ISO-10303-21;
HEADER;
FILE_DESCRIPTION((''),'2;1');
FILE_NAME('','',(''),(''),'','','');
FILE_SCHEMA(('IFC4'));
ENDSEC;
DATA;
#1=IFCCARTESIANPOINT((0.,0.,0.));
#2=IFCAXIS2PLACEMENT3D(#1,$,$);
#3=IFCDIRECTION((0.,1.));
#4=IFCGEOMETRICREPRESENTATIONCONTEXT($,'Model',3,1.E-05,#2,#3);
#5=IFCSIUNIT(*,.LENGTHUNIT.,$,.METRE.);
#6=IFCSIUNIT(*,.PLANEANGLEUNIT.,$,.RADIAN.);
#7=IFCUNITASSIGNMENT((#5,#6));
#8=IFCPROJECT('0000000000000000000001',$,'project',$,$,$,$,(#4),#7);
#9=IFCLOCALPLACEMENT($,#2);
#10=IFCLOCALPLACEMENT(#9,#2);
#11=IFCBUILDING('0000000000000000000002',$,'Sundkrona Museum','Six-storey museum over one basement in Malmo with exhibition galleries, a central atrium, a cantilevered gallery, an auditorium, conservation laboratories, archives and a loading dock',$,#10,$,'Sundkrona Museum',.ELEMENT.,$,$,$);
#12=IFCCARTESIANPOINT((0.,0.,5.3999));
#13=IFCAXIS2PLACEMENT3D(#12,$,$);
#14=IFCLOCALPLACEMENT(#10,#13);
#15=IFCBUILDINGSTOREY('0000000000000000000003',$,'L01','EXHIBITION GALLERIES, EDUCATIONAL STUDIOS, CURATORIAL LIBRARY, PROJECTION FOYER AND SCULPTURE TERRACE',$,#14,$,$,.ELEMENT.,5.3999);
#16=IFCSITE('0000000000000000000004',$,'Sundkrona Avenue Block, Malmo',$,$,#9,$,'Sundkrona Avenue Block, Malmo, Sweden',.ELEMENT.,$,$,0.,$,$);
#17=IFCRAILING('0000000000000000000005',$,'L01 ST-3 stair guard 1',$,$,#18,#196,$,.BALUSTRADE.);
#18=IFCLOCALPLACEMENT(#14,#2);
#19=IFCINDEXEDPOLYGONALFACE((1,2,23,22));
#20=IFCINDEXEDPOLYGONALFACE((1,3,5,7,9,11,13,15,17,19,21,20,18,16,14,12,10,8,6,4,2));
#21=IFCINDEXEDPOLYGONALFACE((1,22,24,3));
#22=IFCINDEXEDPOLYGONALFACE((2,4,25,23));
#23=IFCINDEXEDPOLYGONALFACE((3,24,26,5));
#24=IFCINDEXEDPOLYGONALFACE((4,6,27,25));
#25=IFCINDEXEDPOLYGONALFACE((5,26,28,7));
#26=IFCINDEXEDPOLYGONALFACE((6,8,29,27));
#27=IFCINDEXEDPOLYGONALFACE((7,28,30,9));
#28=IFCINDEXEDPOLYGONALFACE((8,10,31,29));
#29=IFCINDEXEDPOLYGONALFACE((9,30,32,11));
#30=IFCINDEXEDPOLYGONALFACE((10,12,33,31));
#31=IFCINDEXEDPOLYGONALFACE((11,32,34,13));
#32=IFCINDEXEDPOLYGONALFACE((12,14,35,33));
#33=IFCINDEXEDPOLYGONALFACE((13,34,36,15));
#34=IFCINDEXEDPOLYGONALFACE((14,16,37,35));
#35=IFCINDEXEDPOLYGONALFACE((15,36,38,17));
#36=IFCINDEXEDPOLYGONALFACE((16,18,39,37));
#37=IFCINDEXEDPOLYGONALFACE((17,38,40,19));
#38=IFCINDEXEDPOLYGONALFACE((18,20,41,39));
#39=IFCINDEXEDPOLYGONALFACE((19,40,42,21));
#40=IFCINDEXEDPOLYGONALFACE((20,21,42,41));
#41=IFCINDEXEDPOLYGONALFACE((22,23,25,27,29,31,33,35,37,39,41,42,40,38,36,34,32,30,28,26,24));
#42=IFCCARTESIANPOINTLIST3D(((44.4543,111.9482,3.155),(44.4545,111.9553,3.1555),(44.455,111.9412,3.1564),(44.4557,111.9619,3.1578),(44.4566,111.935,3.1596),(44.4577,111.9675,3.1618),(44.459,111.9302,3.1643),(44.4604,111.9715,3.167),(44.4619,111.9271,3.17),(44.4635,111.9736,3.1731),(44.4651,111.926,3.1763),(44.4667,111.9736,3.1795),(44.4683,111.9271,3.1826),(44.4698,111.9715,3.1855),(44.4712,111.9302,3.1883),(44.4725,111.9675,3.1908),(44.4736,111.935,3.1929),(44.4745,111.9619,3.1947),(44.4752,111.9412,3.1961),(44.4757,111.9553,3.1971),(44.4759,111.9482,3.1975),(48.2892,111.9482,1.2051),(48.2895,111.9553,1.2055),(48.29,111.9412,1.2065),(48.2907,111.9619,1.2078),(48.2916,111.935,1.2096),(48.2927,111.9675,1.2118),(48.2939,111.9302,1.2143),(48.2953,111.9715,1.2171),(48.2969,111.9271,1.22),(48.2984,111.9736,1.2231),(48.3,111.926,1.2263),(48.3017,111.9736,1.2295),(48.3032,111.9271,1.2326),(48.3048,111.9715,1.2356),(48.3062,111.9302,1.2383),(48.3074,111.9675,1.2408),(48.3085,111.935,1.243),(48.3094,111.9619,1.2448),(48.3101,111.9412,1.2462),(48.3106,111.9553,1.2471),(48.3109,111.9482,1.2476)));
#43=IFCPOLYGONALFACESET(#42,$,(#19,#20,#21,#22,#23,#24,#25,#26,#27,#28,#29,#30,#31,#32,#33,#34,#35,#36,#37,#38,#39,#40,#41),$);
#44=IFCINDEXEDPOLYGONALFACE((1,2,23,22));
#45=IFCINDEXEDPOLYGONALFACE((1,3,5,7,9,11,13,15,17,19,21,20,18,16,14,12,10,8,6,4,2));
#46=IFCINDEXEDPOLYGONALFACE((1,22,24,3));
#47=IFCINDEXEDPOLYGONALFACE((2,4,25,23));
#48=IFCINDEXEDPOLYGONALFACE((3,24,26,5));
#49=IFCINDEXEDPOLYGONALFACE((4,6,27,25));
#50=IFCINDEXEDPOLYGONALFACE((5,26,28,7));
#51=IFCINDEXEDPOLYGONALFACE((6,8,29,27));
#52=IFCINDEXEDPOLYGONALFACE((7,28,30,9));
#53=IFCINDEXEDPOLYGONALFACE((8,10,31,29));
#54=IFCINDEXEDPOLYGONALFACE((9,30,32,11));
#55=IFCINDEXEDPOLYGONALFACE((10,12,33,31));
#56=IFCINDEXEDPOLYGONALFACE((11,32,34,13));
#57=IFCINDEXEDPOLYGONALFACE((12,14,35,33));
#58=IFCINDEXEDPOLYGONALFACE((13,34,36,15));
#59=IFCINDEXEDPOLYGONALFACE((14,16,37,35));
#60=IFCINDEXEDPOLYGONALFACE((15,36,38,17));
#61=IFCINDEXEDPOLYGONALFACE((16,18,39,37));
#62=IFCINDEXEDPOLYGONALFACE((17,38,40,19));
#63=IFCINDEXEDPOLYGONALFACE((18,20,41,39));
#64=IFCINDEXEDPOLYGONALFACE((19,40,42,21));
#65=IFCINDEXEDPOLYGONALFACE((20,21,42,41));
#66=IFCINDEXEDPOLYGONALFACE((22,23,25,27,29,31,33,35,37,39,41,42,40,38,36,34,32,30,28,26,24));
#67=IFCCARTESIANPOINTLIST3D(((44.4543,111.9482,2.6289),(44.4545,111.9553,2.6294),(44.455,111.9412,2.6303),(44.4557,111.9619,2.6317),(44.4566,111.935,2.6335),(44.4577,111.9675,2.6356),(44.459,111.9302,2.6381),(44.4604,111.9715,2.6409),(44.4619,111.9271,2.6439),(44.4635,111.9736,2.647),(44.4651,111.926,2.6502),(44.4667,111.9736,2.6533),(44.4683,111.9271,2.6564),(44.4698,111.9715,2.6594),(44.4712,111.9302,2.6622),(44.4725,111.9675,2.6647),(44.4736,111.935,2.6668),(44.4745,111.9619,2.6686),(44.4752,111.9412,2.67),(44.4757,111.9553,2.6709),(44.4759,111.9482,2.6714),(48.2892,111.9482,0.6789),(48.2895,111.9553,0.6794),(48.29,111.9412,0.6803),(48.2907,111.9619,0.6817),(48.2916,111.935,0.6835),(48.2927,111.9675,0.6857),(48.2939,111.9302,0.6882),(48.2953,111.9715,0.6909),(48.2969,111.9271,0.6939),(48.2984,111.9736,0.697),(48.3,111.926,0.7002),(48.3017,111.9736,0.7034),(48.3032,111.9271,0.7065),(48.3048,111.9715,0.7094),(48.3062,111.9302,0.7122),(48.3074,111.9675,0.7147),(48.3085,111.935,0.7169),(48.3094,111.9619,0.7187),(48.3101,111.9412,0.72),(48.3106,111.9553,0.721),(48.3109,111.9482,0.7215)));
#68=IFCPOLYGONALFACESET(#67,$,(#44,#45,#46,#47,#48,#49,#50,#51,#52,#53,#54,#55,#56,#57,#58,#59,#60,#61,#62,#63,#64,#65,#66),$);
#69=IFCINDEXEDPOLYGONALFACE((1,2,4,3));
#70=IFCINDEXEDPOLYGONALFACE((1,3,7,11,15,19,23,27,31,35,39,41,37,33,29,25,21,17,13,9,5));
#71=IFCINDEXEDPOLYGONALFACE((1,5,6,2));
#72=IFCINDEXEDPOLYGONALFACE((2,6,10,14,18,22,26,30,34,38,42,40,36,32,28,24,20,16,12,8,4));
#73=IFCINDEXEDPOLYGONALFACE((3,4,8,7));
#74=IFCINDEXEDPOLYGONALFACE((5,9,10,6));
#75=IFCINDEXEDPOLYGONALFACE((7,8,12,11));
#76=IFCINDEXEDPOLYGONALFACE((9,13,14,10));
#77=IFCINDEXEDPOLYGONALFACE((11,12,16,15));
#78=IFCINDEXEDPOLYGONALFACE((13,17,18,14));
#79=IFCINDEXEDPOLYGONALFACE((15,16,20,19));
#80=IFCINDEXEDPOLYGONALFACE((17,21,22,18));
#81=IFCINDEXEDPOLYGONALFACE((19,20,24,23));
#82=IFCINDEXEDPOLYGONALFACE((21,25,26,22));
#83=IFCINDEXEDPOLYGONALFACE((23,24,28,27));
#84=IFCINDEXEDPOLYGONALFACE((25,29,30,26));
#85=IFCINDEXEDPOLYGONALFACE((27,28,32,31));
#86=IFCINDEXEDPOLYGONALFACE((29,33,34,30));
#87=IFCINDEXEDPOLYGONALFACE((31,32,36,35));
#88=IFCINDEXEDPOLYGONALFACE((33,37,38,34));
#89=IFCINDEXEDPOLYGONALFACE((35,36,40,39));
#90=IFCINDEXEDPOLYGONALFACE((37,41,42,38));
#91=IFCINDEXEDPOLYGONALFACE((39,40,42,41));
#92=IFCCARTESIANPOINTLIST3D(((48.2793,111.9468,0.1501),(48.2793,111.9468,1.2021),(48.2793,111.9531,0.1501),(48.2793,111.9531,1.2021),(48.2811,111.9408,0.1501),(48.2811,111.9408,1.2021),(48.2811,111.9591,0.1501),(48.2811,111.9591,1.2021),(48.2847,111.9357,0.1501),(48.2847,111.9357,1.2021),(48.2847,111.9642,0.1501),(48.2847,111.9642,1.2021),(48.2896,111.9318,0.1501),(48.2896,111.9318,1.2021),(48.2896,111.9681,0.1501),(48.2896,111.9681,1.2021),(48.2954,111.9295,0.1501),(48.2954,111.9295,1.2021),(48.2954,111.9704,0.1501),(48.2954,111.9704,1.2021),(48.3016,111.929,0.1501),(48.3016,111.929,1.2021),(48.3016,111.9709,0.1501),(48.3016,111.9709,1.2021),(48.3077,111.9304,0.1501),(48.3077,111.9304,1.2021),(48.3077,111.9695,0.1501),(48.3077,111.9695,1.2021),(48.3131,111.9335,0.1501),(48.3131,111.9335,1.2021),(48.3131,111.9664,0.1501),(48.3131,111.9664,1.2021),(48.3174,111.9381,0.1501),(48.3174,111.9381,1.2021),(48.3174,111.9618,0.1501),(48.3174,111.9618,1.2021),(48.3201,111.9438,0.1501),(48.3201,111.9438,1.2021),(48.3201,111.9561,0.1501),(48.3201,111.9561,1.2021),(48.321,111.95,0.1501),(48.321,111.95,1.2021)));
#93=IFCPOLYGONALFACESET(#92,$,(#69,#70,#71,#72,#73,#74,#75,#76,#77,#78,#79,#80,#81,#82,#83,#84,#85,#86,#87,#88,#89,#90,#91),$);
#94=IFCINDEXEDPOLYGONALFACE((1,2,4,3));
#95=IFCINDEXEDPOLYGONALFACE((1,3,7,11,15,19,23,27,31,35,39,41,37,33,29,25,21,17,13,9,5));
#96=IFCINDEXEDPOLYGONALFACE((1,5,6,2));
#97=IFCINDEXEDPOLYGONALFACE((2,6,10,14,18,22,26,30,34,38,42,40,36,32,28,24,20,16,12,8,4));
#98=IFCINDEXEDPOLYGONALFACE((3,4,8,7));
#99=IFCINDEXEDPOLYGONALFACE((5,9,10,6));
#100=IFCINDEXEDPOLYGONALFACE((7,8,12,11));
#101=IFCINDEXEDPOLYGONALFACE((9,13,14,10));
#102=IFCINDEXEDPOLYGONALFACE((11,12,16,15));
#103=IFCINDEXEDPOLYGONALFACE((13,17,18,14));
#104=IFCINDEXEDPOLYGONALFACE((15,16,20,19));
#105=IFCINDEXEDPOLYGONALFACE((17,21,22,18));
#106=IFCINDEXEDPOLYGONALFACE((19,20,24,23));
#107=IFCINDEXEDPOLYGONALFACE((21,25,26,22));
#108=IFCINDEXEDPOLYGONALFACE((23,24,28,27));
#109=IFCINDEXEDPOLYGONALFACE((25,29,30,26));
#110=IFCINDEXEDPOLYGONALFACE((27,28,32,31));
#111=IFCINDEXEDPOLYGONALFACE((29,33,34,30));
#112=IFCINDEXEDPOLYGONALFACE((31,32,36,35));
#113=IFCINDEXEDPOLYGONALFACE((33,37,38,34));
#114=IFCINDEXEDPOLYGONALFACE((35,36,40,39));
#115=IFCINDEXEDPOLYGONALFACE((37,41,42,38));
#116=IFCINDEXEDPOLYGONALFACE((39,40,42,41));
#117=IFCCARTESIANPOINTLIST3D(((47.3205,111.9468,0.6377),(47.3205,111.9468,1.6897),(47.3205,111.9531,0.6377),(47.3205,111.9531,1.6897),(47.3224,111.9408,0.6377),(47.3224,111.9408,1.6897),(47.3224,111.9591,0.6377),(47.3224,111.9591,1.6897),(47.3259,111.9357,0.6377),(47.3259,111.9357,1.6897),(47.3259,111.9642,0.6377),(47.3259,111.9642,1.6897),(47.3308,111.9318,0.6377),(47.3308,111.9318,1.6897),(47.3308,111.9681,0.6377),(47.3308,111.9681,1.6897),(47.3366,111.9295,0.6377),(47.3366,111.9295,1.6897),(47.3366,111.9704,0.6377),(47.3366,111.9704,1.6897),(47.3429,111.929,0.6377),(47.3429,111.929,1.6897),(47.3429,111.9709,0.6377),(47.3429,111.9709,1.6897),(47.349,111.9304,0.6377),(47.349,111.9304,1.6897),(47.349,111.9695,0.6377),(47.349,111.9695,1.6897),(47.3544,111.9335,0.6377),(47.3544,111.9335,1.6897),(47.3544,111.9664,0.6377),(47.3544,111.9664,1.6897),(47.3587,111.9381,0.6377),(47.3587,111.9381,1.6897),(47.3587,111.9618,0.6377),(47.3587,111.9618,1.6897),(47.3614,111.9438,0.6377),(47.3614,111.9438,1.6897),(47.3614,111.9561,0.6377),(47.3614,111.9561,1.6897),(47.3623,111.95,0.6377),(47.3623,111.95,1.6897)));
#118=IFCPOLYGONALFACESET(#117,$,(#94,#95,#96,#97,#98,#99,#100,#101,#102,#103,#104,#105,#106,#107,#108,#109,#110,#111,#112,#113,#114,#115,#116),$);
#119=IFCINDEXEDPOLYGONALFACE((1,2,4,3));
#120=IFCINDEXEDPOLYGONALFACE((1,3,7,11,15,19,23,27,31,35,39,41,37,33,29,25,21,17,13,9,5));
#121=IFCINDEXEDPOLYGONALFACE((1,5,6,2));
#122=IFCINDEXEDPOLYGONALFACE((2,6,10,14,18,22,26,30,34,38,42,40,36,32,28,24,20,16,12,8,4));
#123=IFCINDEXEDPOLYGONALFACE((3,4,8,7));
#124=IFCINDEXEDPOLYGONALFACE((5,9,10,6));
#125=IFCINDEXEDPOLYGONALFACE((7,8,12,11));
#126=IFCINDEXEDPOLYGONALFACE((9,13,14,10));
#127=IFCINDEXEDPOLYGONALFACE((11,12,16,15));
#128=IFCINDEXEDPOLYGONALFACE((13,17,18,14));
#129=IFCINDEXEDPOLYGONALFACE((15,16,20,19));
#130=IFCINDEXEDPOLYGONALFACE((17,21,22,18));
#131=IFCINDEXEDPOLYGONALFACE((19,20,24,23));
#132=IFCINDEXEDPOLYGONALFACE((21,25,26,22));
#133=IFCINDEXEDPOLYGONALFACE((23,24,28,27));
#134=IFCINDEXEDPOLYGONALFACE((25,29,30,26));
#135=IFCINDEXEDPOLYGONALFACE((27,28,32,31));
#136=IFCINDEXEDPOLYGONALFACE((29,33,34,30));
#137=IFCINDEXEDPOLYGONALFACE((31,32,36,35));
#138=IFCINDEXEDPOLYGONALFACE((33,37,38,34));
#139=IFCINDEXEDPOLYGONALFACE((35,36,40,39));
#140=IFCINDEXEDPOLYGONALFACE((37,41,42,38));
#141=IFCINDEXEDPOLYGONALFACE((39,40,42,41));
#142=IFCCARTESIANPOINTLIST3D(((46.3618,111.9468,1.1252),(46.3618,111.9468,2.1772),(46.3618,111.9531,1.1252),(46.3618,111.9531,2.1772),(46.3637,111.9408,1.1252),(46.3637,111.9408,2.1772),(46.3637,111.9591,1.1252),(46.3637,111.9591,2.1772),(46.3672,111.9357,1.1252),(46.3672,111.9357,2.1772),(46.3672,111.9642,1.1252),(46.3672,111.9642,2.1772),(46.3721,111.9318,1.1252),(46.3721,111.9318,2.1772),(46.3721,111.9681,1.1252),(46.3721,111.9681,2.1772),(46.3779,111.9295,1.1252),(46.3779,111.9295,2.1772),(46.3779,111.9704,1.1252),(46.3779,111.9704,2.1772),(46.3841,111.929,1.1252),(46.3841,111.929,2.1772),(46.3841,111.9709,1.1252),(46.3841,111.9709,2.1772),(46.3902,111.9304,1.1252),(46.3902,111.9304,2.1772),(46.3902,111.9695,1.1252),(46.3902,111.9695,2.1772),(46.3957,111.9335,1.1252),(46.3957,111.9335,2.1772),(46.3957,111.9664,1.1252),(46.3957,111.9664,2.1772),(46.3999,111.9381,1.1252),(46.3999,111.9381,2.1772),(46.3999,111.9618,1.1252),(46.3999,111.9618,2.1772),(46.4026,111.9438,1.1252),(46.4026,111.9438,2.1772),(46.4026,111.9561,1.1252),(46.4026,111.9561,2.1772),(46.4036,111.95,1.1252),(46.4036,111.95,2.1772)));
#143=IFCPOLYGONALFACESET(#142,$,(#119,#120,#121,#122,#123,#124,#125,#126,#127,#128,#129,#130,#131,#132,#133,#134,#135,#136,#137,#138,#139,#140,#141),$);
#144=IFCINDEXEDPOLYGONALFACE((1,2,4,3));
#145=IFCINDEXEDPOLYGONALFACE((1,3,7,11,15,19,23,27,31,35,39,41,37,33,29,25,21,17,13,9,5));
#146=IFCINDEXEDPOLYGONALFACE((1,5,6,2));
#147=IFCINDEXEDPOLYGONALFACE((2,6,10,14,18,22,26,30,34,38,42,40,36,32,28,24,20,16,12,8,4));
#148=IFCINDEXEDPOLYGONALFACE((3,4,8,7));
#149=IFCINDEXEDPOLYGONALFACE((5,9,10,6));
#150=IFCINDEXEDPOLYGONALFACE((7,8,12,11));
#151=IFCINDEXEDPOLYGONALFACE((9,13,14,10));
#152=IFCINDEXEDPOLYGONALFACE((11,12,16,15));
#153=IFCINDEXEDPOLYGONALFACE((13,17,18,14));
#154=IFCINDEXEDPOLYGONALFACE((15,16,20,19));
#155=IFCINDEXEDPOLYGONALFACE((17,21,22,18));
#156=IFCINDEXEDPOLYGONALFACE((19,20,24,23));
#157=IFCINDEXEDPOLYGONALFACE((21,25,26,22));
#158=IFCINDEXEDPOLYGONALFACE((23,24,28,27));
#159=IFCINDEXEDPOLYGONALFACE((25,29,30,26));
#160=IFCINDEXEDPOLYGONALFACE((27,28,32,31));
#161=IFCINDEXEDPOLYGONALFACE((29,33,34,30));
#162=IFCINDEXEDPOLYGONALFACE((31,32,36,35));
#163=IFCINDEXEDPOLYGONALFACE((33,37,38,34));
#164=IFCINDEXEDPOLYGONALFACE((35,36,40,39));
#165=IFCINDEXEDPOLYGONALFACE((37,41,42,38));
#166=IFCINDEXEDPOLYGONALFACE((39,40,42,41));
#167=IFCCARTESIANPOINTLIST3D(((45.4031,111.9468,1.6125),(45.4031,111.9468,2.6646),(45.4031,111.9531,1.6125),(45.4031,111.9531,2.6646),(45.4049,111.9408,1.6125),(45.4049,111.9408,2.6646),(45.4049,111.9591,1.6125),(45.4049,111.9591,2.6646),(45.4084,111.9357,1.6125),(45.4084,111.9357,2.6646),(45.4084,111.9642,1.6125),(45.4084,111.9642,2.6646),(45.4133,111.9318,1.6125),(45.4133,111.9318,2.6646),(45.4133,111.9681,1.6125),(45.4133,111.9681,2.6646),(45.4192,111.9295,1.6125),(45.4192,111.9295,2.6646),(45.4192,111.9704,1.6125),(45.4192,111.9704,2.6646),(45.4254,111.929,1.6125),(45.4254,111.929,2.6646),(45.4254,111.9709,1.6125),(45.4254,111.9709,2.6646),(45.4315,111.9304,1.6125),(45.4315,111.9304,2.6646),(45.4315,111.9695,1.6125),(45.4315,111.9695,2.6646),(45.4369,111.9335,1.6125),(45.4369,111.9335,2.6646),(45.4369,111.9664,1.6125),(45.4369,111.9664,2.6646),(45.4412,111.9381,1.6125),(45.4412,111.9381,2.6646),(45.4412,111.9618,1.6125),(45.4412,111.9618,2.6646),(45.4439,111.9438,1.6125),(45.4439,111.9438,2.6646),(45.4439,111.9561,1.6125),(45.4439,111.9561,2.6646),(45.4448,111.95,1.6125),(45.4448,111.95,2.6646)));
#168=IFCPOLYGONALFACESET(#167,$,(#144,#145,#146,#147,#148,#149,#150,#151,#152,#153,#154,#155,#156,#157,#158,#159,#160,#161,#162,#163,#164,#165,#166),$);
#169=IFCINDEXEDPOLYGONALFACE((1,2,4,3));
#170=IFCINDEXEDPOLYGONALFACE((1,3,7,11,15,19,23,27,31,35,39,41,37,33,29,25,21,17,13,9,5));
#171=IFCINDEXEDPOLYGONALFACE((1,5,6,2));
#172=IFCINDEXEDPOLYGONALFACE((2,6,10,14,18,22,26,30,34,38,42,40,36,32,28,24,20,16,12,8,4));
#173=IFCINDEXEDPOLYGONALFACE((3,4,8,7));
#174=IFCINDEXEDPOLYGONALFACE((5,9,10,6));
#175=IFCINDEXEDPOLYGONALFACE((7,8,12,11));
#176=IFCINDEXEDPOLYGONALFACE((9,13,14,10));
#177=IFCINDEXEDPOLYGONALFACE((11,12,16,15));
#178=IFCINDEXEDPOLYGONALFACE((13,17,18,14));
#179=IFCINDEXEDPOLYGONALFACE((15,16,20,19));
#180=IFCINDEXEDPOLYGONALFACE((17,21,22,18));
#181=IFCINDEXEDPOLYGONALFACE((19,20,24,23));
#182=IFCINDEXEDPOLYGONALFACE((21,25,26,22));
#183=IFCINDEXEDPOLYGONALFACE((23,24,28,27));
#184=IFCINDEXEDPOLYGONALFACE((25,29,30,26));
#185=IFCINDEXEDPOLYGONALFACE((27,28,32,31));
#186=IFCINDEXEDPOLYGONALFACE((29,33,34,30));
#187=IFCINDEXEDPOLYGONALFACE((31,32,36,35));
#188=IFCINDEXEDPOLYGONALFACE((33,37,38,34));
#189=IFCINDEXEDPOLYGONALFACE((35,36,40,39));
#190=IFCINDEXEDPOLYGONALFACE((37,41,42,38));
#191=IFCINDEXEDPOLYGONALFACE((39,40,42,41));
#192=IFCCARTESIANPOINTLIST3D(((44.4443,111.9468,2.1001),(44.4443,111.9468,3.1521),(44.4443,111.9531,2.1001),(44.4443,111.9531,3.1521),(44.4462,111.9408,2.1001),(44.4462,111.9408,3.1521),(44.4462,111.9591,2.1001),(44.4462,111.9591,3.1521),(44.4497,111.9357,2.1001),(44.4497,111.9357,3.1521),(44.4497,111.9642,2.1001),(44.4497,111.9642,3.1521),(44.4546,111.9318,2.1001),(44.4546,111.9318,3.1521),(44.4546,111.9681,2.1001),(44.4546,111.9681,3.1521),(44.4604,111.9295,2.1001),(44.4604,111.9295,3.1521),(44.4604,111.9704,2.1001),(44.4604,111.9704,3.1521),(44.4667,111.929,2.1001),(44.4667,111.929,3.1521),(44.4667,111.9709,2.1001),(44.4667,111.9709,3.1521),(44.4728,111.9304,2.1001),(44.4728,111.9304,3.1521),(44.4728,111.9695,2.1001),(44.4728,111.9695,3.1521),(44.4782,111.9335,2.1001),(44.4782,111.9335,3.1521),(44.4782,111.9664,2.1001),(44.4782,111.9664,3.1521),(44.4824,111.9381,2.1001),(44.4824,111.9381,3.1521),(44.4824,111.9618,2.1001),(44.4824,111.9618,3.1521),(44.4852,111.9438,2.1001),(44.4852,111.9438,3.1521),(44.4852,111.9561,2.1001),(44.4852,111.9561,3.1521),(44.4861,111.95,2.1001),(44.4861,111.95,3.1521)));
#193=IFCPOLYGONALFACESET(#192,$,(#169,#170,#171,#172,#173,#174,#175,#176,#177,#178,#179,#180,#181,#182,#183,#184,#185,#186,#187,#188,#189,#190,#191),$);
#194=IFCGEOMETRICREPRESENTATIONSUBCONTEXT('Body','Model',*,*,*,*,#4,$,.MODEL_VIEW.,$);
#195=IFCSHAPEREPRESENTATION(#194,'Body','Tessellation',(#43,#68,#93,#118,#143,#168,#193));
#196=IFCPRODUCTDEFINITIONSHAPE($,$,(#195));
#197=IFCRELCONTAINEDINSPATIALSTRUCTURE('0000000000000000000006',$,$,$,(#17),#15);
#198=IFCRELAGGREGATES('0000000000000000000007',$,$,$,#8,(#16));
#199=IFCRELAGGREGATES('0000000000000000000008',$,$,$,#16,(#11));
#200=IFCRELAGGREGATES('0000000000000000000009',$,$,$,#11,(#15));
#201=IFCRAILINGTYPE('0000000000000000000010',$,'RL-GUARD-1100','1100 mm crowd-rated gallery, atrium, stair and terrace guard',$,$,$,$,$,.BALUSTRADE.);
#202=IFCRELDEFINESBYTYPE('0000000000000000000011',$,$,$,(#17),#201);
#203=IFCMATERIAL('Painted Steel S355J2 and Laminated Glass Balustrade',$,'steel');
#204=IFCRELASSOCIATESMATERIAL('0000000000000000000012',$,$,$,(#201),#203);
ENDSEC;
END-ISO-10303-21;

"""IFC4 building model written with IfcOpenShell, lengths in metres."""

from ifc_helpers import new_model, si_unit, direction, frame, origin, origin_2d, place, context, subcontext, project, spatial, circle, extrude, material, type_object, element, save


model = new_model("IFC4")

# Units and contexts
model_context = context("Model", 3, precision=1e-05, world=origin(), true_north=direction((0.0, 1.0)))
body_context = subcontext(model_context, "Body", "Model", "MODEL_VIEW")
ifc_project = project(units=[si_unit("LENGTHUNIT", "METRE"), si_unit("PLANEANGLEUNIT", "RADIAN")], contexts=[model_context])

# Site, building, storey
site_placement = place(None, origin())
site = spatial("IfcSite", under=ifc_project, at=site_placement, Name="Sundkrona Avenue Block, Malmo", LongName="Sundkrona Avenue Block, Malmo, Sweden", CompositionType="ELEMENT", RefElevation=0.0)
building_placement = place(site_placement, origin())
building = spatial("IfcBuilding", under=site, at=building_placement, Name="Sundkrona Museum", Description="Six-storey museum over one basement in Malmo with exhibition galleries, a central atrium, a cantilevered gallery, an auditorium, conservation laboratories, archives and a loading dock", LongName="Sundkrona Museum", CompositionType="ELEMENT")
storey_placement = place(building_placement, frame((0.0, 0.0, 5.3999)))
storey = spatial("IfcBuildingStorey", under=building, at=storey_placement, Name="L01", Description="EXHIBITION GALLERIES, EDUCATIONAL STUDIOS, CURATORIAL LIBRARY, PROJECTION FOYER AND SCULPTURE TERRACE", CompositionType="ELEMENT", Elevation=5.3999)

# Railing
ifc_material_1 = material(Name="Painted Steel S355J2 and Laminated Glass Balustrade", Category="steel")
railing_type_1 = type_object("IfcRailingType", Name="RL-GUARD-1100", Description="1100 mm crowd-rated gallery, atrium, stair and terrace guard", PredefinedType="BALUSTRADE", material=ifc_material_1)
railing_1_placement = place(storey_placement, frame((48.3, 111.95, 0.1501)))
element("IfcRailing", 1, at=railing_1_placement, inside=storey, type_object=railing_type_1, Name="L01 ST-3 stair guard 1", PredefinedType="BALUSTRADE", context=body_context, shape_type="SweptSolid", body=[
    extrude(circle(Radius=0.0239, at=origin_2d()), frame((0.0, 0.0, 1.0762), z_axis=(-0.891388, 0.0, 0.453241), x_axis=(0.0, -1.0, 0.0)), (0.0, 0.0, 1.0), 4.3022),
    extrude(circle(Radius=0.0239, at=origin_2d()), frame((0.0, 0.0, 0.55), z_axis=(-0.891388, 0.0, 0.453241), x_axis=(0.0, -1.0, 0.0)), (0.0, 0.0, 1.0), 4.3022),
    extrude(circle(Radius=0.021, at=origin_2d()), origin(), (0.0, 0.0, 1.0), 1.052),
    extrude(circle(Radius=0.021, at=origin_2d()), frame((-0.9587, 0.0, 0.4875)), (0.0, 0.0, 1.0), 1.052),
    extrude(circle(Radius=0.021, at=origin_2d()), frame((-1.9175, 0.0, 0.9751)), (0.0, 0.0, 1.0), 1.052),
    extrude(circle(Radius=0.021, at=origin_2d()), frame((-2.8762, 0.0, 1.4624)), (0.0, 0.0, 1.0), 1.052),
    extrude(circle(Radius=0.021, at=origin_2d()), frame((-3.835, 0.0, 1.95)), (0.0, 0.0, 1.0), 1.052),
])

save(model, "model.ifc")
